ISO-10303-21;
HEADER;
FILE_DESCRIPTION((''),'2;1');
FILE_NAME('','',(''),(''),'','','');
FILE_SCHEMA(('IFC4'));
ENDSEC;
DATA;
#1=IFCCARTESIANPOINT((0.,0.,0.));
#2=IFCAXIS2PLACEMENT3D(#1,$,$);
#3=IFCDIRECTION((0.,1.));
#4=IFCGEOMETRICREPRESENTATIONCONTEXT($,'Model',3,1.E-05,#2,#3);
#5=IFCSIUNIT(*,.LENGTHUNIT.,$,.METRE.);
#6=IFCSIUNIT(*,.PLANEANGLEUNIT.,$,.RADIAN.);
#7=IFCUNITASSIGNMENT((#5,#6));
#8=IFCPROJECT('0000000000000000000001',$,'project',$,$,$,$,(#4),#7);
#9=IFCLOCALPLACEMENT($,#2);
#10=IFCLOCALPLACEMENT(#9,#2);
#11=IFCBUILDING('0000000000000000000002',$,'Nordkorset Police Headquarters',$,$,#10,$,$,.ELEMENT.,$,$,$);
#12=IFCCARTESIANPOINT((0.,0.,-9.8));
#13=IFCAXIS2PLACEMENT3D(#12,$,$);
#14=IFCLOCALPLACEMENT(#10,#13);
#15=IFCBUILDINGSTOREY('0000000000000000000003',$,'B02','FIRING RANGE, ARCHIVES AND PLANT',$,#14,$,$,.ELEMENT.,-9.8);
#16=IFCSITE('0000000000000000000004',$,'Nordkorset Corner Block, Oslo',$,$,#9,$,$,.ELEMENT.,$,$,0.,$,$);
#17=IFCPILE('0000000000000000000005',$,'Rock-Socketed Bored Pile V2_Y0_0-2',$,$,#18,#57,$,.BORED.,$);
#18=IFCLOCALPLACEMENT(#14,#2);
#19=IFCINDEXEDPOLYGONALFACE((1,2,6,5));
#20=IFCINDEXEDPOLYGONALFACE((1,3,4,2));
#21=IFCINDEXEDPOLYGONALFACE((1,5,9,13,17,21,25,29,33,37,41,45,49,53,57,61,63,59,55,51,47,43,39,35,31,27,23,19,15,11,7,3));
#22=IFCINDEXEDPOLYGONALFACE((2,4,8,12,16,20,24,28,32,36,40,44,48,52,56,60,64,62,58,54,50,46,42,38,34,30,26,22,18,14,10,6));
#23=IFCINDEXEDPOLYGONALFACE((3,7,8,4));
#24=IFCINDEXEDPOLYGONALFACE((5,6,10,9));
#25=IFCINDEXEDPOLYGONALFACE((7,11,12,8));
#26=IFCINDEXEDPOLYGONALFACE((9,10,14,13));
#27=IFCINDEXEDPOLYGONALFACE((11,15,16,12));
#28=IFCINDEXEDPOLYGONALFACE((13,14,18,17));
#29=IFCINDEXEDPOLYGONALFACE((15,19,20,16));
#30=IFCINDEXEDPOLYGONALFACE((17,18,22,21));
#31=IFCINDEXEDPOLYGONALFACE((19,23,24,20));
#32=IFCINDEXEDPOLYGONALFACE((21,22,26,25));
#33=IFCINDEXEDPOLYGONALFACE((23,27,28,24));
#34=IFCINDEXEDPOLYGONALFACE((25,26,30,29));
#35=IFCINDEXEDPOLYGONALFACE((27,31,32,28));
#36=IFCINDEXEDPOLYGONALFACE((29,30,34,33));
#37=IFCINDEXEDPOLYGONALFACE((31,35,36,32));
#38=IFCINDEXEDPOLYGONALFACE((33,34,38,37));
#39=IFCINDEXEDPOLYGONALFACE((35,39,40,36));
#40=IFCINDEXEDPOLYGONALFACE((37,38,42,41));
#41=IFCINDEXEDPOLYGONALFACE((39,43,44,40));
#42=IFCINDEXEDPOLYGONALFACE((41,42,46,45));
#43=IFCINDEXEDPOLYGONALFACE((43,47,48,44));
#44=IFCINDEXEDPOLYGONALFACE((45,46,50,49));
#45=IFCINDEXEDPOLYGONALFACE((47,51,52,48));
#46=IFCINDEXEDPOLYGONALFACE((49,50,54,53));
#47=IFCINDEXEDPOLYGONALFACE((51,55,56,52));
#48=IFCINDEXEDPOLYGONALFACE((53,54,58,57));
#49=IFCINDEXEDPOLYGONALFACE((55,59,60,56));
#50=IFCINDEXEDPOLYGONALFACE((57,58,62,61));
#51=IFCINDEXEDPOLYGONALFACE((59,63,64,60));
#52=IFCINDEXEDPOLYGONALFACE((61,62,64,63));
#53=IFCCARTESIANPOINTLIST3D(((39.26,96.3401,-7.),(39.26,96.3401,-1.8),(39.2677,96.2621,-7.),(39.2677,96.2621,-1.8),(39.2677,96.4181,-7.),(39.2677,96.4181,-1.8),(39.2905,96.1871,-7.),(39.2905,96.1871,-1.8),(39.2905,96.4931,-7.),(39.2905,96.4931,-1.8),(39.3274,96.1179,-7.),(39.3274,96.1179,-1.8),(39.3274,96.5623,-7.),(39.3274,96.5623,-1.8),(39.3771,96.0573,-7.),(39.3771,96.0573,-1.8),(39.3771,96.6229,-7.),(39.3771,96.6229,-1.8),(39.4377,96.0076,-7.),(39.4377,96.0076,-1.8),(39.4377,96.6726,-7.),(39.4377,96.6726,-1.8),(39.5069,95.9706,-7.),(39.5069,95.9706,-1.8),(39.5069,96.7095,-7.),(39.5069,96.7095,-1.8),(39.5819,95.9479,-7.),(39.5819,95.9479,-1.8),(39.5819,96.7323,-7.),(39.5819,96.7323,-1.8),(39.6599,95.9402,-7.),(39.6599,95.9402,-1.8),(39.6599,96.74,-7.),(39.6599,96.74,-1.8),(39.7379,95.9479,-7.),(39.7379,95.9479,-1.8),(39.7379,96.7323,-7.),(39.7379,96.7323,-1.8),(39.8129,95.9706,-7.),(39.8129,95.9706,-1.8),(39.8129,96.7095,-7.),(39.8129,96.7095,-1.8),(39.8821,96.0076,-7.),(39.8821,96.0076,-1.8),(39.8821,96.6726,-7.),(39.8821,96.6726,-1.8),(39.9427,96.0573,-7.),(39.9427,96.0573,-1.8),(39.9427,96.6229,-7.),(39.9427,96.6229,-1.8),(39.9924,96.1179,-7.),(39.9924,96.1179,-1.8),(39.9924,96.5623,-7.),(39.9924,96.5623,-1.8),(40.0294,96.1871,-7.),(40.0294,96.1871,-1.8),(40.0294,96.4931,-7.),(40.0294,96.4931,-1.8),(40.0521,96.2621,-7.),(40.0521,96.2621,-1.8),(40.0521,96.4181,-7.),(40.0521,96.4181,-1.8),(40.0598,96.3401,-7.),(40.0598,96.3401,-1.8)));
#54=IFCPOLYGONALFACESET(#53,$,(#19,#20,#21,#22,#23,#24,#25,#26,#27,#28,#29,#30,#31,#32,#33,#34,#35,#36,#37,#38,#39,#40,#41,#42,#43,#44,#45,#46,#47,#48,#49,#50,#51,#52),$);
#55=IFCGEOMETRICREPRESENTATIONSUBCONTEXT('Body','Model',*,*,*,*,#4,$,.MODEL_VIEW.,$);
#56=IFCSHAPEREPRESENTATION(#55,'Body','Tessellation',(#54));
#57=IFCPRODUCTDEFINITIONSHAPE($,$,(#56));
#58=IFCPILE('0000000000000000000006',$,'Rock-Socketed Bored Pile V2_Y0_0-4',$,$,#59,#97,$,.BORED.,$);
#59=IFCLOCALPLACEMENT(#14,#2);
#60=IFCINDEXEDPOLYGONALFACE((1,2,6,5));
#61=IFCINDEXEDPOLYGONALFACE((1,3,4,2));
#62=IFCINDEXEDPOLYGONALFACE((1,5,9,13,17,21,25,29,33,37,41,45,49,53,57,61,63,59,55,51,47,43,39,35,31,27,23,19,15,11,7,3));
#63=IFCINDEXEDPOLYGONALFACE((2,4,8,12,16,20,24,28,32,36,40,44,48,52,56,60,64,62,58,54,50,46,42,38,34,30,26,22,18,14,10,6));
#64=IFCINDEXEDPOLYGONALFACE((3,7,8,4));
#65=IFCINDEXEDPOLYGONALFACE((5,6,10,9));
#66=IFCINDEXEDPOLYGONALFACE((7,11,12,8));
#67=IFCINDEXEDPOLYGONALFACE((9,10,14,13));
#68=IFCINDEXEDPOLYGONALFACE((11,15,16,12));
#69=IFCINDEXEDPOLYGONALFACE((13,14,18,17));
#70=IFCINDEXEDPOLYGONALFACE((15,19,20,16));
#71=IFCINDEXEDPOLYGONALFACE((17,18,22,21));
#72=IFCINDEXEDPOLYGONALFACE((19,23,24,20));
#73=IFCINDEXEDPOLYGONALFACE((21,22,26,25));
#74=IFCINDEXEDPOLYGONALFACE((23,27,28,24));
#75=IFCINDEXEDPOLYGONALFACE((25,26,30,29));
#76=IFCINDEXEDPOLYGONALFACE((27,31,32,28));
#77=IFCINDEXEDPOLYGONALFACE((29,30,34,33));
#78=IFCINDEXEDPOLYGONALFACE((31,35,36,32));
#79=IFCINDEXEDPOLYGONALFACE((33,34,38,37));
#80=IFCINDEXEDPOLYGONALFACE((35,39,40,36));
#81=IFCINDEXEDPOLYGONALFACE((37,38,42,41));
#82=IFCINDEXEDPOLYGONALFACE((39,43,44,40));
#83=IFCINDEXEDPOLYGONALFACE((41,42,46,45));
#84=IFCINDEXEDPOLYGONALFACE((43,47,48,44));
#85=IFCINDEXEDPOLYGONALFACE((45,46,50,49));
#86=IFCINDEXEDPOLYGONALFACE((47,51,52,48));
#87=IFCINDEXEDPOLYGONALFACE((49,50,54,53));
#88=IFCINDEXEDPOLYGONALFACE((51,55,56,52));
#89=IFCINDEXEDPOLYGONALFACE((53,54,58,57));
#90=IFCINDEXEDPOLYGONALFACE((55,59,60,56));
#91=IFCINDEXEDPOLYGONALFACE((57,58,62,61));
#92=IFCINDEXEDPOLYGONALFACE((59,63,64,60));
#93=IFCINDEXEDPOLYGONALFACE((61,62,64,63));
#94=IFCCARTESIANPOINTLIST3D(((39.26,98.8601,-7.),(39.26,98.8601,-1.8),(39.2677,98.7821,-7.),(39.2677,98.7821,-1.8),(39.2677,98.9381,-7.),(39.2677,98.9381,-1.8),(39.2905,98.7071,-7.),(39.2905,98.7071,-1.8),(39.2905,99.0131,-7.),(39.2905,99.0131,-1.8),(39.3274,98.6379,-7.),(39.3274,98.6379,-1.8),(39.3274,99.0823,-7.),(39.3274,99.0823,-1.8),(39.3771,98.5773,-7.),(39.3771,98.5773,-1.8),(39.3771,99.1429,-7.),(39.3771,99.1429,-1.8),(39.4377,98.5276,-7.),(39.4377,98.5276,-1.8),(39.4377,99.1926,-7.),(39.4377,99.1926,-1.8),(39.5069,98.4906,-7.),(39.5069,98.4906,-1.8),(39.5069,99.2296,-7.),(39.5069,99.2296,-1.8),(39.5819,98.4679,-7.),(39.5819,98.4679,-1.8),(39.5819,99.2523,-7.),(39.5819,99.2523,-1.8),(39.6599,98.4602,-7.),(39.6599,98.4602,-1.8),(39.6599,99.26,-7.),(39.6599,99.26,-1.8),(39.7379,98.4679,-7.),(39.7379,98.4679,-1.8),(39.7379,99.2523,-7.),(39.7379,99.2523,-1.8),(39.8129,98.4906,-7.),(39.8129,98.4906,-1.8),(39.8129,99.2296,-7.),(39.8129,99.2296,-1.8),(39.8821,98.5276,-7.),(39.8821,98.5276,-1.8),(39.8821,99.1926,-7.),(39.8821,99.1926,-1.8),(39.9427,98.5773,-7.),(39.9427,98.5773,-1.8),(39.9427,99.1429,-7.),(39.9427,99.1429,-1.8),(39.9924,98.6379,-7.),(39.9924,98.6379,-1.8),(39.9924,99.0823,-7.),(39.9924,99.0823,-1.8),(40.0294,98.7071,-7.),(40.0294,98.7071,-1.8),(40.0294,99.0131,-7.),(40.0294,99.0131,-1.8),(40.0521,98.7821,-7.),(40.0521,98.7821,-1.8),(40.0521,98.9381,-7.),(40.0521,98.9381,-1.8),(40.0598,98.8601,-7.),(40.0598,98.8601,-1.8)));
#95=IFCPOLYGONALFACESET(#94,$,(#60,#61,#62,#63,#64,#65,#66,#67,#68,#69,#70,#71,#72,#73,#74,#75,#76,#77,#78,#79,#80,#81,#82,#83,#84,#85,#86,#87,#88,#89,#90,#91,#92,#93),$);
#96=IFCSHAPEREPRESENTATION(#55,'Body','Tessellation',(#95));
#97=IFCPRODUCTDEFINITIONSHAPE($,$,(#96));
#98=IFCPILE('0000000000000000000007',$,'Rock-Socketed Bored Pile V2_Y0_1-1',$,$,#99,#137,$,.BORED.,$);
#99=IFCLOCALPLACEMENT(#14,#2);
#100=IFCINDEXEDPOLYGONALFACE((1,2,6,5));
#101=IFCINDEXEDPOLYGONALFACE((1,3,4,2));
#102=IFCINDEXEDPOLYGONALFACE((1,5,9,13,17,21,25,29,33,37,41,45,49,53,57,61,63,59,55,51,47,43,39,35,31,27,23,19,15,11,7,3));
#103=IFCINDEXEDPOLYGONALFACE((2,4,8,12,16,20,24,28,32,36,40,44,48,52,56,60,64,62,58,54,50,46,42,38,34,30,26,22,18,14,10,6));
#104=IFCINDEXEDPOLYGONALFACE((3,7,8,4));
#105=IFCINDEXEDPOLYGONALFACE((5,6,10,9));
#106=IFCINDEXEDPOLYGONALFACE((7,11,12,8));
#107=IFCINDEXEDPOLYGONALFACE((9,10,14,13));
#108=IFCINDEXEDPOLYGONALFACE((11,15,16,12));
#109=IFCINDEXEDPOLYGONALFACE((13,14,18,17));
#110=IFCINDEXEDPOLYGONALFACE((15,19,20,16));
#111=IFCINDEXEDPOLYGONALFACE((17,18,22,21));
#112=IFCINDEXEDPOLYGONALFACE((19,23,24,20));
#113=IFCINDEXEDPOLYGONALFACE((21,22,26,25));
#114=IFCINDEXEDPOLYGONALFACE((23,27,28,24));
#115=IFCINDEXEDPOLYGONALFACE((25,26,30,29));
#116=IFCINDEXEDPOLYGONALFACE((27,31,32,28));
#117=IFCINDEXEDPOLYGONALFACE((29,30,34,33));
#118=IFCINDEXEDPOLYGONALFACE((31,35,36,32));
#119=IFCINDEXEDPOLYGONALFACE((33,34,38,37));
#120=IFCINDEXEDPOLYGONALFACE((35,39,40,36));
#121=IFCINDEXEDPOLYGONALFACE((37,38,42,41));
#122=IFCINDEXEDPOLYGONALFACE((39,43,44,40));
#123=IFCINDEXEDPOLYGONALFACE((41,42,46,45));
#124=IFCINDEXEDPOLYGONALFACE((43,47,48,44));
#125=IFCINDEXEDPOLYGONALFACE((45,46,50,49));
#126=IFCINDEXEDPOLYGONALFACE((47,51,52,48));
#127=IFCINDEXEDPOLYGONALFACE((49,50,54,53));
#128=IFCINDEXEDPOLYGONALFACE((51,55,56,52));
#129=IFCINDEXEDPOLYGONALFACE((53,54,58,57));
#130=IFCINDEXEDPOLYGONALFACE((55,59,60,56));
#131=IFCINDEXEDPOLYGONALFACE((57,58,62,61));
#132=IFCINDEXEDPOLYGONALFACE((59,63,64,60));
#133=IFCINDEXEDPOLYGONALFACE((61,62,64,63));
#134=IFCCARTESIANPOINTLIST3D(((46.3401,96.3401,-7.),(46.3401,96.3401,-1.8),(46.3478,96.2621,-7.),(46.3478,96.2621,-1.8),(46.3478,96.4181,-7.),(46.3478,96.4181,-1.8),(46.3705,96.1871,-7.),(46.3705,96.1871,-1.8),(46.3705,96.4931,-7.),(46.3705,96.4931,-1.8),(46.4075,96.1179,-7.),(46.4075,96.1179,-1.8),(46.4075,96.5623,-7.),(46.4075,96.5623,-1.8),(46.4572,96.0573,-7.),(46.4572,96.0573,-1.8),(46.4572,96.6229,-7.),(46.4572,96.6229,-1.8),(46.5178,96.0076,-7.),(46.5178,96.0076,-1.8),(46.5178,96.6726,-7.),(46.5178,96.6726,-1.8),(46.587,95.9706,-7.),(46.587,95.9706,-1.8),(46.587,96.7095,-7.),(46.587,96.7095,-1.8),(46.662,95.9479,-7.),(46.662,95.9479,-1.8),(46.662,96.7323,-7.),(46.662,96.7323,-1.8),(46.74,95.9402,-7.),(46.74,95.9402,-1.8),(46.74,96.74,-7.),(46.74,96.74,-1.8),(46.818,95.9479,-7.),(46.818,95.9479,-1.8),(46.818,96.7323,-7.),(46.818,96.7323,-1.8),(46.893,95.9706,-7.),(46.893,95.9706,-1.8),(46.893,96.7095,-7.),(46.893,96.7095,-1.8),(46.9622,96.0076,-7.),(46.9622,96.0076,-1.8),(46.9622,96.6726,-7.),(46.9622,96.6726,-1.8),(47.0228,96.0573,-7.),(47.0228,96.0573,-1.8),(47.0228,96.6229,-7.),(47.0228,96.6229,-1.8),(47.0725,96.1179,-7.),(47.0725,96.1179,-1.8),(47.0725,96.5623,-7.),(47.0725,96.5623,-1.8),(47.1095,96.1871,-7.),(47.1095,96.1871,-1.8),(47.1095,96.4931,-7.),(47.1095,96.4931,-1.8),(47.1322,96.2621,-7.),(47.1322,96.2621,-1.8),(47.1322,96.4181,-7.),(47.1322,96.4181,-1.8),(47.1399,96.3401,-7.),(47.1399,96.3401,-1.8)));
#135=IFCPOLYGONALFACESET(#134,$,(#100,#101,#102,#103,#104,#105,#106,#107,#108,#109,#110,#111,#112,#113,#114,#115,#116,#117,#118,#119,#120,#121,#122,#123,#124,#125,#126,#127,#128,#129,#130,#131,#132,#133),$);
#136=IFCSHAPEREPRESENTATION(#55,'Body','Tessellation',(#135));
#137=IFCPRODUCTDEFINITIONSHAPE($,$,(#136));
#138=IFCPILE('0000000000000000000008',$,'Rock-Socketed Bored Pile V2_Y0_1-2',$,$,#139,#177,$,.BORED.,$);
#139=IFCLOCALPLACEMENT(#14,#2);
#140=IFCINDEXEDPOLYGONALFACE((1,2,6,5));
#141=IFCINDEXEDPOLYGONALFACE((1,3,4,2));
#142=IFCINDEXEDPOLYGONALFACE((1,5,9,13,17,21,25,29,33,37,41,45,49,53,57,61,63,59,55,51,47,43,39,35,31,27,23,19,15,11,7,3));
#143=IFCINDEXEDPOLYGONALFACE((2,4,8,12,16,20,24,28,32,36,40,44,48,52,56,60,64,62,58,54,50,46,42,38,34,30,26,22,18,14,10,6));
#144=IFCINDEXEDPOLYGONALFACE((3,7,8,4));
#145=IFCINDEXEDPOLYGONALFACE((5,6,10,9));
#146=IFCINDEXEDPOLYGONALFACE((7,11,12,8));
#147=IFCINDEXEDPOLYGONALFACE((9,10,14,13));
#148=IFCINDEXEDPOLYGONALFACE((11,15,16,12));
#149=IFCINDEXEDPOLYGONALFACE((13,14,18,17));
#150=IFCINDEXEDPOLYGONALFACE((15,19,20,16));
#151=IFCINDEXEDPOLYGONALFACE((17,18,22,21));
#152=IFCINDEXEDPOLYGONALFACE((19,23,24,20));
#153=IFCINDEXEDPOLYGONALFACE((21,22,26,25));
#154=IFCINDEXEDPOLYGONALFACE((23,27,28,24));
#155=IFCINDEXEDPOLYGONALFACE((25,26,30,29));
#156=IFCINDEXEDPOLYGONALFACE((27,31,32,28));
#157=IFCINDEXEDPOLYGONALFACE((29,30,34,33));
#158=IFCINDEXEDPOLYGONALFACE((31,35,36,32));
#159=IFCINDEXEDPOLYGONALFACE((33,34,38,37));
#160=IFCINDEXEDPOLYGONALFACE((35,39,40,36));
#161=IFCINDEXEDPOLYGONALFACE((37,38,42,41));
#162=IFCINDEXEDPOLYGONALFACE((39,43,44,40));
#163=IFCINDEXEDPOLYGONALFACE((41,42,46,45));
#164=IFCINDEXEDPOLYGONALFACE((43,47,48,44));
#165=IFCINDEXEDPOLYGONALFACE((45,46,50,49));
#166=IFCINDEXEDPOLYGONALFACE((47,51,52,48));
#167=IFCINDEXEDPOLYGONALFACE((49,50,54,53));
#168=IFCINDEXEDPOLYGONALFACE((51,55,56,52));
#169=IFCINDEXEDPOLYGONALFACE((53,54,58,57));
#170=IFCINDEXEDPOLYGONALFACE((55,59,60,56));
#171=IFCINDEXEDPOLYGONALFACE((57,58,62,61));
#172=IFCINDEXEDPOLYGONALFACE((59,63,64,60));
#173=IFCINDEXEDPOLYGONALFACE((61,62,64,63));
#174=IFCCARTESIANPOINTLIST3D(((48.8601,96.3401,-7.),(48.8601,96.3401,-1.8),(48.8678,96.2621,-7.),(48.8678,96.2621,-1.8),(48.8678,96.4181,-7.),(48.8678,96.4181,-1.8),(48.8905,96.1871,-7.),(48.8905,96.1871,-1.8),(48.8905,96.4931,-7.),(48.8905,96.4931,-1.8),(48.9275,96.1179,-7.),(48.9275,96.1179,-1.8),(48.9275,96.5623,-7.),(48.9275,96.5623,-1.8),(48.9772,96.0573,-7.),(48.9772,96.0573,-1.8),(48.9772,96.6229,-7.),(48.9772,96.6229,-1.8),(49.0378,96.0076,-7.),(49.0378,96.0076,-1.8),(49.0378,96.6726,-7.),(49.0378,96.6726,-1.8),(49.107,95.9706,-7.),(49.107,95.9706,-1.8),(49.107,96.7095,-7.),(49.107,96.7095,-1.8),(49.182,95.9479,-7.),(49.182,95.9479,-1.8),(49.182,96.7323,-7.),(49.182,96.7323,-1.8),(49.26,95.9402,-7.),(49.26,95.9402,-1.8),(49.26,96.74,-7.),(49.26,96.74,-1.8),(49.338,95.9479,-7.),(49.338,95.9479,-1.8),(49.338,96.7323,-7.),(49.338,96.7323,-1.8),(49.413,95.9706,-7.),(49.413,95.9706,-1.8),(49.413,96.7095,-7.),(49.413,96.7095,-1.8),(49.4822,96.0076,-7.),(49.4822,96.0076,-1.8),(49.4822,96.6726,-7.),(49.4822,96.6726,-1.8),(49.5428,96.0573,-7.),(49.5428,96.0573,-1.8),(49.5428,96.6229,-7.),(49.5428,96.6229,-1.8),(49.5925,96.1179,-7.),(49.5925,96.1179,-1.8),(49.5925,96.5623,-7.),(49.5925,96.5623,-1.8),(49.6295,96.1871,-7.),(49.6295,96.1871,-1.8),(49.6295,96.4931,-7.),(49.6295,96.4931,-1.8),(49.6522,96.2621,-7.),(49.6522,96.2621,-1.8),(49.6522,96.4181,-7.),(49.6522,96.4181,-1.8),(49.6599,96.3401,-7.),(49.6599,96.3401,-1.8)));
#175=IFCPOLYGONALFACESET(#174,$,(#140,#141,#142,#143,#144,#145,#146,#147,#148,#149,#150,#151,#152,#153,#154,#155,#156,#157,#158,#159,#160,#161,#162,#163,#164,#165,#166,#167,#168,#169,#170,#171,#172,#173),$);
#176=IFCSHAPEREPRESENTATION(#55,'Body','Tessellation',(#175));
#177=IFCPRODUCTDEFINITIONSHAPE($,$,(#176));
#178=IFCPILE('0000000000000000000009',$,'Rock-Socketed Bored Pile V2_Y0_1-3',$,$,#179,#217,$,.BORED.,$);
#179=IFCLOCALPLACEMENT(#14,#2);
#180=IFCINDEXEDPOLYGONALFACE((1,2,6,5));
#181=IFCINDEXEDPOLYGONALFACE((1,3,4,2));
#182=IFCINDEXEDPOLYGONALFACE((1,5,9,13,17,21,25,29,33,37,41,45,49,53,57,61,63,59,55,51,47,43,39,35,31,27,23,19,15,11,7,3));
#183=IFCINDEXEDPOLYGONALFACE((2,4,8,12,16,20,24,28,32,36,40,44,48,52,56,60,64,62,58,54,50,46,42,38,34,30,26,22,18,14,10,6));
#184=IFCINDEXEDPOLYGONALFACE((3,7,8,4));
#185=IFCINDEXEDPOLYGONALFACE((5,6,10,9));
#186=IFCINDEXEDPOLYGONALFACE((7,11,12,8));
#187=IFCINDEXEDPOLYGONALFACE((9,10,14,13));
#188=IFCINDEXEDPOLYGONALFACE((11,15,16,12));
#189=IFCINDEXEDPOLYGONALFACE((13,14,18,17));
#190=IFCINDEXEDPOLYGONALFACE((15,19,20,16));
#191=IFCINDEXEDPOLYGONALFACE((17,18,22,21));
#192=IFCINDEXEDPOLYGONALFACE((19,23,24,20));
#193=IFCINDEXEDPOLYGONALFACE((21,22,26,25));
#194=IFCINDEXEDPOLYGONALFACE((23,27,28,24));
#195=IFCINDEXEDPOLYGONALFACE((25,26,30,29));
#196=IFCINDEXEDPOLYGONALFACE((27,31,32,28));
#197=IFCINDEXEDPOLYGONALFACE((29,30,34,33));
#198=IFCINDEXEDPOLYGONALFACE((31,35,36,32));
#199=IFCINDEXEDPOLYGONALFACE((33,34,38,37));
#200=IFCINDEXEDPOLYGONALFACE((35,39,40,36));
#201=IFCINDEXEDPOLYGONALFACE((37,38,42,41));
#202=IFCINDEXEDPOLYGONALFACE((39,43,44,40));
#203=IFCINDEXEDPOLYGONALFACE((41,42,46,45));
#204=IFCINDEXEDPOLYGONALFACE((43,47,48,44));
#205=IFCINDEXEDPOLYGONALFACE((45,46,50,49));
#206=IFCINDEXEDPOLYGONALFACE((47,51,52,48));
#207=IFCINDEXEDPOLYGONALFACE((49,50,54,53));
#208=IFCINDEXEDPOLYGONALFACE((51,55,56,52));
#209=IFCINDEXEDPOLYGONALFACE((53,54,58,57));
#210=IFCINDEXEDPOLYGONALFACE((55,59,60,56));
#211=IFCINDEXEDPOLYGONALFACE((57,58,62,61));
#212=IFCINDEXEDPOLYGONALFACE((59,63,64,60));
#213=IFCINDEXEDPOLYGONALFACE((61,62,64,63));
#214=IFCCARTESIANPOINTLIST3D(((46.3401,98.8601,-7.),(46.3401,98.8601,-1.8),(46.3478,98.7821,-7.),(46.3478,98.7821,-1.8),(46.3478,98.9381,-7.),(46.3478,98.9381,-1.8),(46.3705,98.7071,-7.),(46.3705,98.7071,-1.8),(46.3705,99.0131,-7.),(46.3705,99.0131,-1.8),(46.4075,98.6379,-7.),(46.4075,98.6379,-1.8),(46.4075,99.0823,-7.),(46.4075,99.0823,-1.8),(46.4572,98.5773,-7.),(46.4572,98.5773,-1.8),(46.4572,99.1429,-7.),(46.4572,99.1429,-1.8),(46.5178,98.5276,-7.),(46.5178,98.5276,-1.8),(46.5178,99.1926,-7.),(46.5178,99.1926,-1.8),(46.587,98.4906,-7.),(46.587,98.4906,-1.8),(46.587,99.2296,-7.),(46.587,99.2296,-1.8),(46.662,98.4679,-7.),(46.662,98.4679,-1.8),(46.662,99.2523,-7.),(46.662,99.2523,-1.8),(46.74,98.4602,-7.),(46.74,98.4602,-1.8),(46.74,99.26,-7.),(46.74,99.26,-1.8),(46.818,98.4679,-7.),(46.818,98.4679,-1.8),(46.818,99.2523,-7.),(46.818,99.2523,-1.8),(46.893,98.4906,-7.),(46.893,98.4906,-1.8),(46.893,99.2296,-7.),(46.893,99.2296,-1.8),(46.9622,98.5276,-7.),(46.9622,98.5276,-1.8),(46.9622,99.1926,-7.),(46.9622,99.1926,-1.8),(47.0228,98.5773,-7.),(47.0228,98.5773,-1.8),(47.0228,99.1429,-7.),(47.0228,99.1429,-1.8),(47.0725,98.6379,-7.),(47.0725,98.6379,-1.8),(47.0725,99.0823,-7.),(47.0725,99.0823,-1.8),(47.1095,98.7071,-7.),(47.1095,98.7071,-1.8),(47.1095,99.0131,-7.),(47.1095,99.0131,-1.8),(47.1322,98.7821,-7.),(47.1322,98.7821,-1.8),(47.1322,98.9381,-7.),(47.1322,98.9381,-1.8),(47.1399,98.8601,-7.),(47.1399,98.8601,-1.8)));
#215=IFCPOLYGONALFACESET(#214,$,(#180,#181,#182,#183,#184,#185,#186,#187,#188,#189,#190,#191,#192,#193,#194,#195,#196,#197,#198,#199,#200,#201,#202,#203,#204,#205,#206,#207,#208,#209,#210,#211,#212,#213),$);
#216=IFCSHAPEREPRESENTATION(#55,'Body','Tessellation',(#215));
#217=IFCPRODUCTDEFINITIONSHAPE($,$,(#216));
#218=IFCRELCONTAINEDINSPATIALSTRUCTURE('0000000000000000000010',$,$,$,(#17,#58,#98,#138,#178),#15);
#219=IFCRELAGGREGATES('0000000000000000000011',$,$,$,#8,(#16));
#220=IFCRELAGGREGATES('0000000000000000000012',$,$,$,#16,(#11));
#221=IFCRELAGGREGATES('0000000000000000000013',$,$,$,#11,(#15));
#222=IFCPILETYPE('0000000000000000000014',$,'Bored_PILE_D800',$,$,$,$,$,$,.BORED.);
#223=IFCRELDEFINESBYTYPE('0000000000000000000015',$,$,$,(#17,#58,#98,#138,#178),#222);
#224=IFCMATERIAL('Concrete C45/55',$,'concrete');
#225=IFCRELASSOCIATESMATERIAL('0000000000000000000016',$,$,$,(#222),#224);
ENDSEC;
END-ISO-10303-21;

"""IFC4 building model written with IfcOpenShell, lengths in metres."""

from ifc_helpers import new_model, si_unit, direction, frame, origin, origin_2d, place, context, subcontext, project, spatial, circle, extrude, material, material_profile, profile_set, type_object, element, save


model = new_model("IFC4")

# Units and contexts
model_context = context("Model", 3, precision=1e-05, world=origin(), true_north=direction((0.0, 1.0)))
body_context = subcontext(model_context, "Body", "Model", "MODEL_VIEW")
ifc_project = project(units=[si_unit("LENGTHUNIT", "METRE"), si_unit("PLANEANGLEUNIT", "RADIAN")], contexts=[model_context])

# Site, building, storey
site_placement = place(None, origin())
site = spatial("IfcSite", under=ifc_project, at=site_placement, Name="Nordkorset Corner Block, Oslo", CompositionType="ELEMENT", RefElevation=0.0)
building_placement = place(site_placement, origin())
building = spatial("IfcBuilding", under=site, at=building_placement, Name="Nordkorset Police Headquarters", CompositionType="ELEMENT")
storey_placement = place(building_placement, frame((0.0, 0.0, -9.8)))
storey = spatial("IfcBuildingStorey", under=building, at=storey_placement, Name="B02", Description="FIRING RANGE, ARCHIVES AND PLANT", CompositionType="ELEMENT", Elevation=-9.8)

# Piles
ifc_material_1 = material(Name="Concrete C45/55", Category="concrete")
ifc_material_profile_1 = material_profile(ifc_material_1, circle(Radius=0.3999, at=origin_2d()), Name="PILE D800")
ifc_profile_set_1 = profile_set([ifc_material_profile_1], Name="Concrete C45/55")
pile_type_1 = type_object("IfcPileType", Name="Bored_PILE_D800", PredefinedType="BORED", material=ifc_profile_set_1)
for number, where, z_axis, x_axis, name in (
    (1, (39.6599, 96.3401, -1.8), (0.0, 0.0, -1.0), (1.0, 0.0, 0.0), "Rock-Socketed Bored Pile V2_Y0_0-2"),
    (2, (39.6599, 98.8601, -1.8), (0.0, 0.0, -1.0), (1.0, 0.0, 0.0), "Rock-Socketed Bored Pile V2_Y0_0-4"),
    (3, (46.74, 96.3401, -1.8), (0.0, 0.0, -1.0), (1.0, 0.0, 0.0), "Rock-Socketed Bored Pile V2_Y0_1-1"),
    (4, (49.26, 96.3401, -1.8), (0.0, 0.0, -1.0), (1.0, 0.0, 0.0), "Rock-Socketed Bored Pile V2_Y0_1-2"),
    (5, (46.74, 98.8601, -1.8), (0.0, 0.0, -1.0), (1.0, 0.0, 0.0), "Rock-Socketed Bored Pile V2_Y0_1-3"),
):
    element("IfcPile", number, at=place(storey_placement, frame(where, z_axis=z_axis, x_axis=x_axis)), inside=storey, type_object=pile_type_1, Name=name, PredefinedType="BORED", context=body_context, shape_type="SweptSolid", body=[
        extrude(circle(Radius=0.3999, at=origin_2d()), origin(), (0.0, 0.0, 1.0), 5.2),
    ])

save(model, "model.ifc")
